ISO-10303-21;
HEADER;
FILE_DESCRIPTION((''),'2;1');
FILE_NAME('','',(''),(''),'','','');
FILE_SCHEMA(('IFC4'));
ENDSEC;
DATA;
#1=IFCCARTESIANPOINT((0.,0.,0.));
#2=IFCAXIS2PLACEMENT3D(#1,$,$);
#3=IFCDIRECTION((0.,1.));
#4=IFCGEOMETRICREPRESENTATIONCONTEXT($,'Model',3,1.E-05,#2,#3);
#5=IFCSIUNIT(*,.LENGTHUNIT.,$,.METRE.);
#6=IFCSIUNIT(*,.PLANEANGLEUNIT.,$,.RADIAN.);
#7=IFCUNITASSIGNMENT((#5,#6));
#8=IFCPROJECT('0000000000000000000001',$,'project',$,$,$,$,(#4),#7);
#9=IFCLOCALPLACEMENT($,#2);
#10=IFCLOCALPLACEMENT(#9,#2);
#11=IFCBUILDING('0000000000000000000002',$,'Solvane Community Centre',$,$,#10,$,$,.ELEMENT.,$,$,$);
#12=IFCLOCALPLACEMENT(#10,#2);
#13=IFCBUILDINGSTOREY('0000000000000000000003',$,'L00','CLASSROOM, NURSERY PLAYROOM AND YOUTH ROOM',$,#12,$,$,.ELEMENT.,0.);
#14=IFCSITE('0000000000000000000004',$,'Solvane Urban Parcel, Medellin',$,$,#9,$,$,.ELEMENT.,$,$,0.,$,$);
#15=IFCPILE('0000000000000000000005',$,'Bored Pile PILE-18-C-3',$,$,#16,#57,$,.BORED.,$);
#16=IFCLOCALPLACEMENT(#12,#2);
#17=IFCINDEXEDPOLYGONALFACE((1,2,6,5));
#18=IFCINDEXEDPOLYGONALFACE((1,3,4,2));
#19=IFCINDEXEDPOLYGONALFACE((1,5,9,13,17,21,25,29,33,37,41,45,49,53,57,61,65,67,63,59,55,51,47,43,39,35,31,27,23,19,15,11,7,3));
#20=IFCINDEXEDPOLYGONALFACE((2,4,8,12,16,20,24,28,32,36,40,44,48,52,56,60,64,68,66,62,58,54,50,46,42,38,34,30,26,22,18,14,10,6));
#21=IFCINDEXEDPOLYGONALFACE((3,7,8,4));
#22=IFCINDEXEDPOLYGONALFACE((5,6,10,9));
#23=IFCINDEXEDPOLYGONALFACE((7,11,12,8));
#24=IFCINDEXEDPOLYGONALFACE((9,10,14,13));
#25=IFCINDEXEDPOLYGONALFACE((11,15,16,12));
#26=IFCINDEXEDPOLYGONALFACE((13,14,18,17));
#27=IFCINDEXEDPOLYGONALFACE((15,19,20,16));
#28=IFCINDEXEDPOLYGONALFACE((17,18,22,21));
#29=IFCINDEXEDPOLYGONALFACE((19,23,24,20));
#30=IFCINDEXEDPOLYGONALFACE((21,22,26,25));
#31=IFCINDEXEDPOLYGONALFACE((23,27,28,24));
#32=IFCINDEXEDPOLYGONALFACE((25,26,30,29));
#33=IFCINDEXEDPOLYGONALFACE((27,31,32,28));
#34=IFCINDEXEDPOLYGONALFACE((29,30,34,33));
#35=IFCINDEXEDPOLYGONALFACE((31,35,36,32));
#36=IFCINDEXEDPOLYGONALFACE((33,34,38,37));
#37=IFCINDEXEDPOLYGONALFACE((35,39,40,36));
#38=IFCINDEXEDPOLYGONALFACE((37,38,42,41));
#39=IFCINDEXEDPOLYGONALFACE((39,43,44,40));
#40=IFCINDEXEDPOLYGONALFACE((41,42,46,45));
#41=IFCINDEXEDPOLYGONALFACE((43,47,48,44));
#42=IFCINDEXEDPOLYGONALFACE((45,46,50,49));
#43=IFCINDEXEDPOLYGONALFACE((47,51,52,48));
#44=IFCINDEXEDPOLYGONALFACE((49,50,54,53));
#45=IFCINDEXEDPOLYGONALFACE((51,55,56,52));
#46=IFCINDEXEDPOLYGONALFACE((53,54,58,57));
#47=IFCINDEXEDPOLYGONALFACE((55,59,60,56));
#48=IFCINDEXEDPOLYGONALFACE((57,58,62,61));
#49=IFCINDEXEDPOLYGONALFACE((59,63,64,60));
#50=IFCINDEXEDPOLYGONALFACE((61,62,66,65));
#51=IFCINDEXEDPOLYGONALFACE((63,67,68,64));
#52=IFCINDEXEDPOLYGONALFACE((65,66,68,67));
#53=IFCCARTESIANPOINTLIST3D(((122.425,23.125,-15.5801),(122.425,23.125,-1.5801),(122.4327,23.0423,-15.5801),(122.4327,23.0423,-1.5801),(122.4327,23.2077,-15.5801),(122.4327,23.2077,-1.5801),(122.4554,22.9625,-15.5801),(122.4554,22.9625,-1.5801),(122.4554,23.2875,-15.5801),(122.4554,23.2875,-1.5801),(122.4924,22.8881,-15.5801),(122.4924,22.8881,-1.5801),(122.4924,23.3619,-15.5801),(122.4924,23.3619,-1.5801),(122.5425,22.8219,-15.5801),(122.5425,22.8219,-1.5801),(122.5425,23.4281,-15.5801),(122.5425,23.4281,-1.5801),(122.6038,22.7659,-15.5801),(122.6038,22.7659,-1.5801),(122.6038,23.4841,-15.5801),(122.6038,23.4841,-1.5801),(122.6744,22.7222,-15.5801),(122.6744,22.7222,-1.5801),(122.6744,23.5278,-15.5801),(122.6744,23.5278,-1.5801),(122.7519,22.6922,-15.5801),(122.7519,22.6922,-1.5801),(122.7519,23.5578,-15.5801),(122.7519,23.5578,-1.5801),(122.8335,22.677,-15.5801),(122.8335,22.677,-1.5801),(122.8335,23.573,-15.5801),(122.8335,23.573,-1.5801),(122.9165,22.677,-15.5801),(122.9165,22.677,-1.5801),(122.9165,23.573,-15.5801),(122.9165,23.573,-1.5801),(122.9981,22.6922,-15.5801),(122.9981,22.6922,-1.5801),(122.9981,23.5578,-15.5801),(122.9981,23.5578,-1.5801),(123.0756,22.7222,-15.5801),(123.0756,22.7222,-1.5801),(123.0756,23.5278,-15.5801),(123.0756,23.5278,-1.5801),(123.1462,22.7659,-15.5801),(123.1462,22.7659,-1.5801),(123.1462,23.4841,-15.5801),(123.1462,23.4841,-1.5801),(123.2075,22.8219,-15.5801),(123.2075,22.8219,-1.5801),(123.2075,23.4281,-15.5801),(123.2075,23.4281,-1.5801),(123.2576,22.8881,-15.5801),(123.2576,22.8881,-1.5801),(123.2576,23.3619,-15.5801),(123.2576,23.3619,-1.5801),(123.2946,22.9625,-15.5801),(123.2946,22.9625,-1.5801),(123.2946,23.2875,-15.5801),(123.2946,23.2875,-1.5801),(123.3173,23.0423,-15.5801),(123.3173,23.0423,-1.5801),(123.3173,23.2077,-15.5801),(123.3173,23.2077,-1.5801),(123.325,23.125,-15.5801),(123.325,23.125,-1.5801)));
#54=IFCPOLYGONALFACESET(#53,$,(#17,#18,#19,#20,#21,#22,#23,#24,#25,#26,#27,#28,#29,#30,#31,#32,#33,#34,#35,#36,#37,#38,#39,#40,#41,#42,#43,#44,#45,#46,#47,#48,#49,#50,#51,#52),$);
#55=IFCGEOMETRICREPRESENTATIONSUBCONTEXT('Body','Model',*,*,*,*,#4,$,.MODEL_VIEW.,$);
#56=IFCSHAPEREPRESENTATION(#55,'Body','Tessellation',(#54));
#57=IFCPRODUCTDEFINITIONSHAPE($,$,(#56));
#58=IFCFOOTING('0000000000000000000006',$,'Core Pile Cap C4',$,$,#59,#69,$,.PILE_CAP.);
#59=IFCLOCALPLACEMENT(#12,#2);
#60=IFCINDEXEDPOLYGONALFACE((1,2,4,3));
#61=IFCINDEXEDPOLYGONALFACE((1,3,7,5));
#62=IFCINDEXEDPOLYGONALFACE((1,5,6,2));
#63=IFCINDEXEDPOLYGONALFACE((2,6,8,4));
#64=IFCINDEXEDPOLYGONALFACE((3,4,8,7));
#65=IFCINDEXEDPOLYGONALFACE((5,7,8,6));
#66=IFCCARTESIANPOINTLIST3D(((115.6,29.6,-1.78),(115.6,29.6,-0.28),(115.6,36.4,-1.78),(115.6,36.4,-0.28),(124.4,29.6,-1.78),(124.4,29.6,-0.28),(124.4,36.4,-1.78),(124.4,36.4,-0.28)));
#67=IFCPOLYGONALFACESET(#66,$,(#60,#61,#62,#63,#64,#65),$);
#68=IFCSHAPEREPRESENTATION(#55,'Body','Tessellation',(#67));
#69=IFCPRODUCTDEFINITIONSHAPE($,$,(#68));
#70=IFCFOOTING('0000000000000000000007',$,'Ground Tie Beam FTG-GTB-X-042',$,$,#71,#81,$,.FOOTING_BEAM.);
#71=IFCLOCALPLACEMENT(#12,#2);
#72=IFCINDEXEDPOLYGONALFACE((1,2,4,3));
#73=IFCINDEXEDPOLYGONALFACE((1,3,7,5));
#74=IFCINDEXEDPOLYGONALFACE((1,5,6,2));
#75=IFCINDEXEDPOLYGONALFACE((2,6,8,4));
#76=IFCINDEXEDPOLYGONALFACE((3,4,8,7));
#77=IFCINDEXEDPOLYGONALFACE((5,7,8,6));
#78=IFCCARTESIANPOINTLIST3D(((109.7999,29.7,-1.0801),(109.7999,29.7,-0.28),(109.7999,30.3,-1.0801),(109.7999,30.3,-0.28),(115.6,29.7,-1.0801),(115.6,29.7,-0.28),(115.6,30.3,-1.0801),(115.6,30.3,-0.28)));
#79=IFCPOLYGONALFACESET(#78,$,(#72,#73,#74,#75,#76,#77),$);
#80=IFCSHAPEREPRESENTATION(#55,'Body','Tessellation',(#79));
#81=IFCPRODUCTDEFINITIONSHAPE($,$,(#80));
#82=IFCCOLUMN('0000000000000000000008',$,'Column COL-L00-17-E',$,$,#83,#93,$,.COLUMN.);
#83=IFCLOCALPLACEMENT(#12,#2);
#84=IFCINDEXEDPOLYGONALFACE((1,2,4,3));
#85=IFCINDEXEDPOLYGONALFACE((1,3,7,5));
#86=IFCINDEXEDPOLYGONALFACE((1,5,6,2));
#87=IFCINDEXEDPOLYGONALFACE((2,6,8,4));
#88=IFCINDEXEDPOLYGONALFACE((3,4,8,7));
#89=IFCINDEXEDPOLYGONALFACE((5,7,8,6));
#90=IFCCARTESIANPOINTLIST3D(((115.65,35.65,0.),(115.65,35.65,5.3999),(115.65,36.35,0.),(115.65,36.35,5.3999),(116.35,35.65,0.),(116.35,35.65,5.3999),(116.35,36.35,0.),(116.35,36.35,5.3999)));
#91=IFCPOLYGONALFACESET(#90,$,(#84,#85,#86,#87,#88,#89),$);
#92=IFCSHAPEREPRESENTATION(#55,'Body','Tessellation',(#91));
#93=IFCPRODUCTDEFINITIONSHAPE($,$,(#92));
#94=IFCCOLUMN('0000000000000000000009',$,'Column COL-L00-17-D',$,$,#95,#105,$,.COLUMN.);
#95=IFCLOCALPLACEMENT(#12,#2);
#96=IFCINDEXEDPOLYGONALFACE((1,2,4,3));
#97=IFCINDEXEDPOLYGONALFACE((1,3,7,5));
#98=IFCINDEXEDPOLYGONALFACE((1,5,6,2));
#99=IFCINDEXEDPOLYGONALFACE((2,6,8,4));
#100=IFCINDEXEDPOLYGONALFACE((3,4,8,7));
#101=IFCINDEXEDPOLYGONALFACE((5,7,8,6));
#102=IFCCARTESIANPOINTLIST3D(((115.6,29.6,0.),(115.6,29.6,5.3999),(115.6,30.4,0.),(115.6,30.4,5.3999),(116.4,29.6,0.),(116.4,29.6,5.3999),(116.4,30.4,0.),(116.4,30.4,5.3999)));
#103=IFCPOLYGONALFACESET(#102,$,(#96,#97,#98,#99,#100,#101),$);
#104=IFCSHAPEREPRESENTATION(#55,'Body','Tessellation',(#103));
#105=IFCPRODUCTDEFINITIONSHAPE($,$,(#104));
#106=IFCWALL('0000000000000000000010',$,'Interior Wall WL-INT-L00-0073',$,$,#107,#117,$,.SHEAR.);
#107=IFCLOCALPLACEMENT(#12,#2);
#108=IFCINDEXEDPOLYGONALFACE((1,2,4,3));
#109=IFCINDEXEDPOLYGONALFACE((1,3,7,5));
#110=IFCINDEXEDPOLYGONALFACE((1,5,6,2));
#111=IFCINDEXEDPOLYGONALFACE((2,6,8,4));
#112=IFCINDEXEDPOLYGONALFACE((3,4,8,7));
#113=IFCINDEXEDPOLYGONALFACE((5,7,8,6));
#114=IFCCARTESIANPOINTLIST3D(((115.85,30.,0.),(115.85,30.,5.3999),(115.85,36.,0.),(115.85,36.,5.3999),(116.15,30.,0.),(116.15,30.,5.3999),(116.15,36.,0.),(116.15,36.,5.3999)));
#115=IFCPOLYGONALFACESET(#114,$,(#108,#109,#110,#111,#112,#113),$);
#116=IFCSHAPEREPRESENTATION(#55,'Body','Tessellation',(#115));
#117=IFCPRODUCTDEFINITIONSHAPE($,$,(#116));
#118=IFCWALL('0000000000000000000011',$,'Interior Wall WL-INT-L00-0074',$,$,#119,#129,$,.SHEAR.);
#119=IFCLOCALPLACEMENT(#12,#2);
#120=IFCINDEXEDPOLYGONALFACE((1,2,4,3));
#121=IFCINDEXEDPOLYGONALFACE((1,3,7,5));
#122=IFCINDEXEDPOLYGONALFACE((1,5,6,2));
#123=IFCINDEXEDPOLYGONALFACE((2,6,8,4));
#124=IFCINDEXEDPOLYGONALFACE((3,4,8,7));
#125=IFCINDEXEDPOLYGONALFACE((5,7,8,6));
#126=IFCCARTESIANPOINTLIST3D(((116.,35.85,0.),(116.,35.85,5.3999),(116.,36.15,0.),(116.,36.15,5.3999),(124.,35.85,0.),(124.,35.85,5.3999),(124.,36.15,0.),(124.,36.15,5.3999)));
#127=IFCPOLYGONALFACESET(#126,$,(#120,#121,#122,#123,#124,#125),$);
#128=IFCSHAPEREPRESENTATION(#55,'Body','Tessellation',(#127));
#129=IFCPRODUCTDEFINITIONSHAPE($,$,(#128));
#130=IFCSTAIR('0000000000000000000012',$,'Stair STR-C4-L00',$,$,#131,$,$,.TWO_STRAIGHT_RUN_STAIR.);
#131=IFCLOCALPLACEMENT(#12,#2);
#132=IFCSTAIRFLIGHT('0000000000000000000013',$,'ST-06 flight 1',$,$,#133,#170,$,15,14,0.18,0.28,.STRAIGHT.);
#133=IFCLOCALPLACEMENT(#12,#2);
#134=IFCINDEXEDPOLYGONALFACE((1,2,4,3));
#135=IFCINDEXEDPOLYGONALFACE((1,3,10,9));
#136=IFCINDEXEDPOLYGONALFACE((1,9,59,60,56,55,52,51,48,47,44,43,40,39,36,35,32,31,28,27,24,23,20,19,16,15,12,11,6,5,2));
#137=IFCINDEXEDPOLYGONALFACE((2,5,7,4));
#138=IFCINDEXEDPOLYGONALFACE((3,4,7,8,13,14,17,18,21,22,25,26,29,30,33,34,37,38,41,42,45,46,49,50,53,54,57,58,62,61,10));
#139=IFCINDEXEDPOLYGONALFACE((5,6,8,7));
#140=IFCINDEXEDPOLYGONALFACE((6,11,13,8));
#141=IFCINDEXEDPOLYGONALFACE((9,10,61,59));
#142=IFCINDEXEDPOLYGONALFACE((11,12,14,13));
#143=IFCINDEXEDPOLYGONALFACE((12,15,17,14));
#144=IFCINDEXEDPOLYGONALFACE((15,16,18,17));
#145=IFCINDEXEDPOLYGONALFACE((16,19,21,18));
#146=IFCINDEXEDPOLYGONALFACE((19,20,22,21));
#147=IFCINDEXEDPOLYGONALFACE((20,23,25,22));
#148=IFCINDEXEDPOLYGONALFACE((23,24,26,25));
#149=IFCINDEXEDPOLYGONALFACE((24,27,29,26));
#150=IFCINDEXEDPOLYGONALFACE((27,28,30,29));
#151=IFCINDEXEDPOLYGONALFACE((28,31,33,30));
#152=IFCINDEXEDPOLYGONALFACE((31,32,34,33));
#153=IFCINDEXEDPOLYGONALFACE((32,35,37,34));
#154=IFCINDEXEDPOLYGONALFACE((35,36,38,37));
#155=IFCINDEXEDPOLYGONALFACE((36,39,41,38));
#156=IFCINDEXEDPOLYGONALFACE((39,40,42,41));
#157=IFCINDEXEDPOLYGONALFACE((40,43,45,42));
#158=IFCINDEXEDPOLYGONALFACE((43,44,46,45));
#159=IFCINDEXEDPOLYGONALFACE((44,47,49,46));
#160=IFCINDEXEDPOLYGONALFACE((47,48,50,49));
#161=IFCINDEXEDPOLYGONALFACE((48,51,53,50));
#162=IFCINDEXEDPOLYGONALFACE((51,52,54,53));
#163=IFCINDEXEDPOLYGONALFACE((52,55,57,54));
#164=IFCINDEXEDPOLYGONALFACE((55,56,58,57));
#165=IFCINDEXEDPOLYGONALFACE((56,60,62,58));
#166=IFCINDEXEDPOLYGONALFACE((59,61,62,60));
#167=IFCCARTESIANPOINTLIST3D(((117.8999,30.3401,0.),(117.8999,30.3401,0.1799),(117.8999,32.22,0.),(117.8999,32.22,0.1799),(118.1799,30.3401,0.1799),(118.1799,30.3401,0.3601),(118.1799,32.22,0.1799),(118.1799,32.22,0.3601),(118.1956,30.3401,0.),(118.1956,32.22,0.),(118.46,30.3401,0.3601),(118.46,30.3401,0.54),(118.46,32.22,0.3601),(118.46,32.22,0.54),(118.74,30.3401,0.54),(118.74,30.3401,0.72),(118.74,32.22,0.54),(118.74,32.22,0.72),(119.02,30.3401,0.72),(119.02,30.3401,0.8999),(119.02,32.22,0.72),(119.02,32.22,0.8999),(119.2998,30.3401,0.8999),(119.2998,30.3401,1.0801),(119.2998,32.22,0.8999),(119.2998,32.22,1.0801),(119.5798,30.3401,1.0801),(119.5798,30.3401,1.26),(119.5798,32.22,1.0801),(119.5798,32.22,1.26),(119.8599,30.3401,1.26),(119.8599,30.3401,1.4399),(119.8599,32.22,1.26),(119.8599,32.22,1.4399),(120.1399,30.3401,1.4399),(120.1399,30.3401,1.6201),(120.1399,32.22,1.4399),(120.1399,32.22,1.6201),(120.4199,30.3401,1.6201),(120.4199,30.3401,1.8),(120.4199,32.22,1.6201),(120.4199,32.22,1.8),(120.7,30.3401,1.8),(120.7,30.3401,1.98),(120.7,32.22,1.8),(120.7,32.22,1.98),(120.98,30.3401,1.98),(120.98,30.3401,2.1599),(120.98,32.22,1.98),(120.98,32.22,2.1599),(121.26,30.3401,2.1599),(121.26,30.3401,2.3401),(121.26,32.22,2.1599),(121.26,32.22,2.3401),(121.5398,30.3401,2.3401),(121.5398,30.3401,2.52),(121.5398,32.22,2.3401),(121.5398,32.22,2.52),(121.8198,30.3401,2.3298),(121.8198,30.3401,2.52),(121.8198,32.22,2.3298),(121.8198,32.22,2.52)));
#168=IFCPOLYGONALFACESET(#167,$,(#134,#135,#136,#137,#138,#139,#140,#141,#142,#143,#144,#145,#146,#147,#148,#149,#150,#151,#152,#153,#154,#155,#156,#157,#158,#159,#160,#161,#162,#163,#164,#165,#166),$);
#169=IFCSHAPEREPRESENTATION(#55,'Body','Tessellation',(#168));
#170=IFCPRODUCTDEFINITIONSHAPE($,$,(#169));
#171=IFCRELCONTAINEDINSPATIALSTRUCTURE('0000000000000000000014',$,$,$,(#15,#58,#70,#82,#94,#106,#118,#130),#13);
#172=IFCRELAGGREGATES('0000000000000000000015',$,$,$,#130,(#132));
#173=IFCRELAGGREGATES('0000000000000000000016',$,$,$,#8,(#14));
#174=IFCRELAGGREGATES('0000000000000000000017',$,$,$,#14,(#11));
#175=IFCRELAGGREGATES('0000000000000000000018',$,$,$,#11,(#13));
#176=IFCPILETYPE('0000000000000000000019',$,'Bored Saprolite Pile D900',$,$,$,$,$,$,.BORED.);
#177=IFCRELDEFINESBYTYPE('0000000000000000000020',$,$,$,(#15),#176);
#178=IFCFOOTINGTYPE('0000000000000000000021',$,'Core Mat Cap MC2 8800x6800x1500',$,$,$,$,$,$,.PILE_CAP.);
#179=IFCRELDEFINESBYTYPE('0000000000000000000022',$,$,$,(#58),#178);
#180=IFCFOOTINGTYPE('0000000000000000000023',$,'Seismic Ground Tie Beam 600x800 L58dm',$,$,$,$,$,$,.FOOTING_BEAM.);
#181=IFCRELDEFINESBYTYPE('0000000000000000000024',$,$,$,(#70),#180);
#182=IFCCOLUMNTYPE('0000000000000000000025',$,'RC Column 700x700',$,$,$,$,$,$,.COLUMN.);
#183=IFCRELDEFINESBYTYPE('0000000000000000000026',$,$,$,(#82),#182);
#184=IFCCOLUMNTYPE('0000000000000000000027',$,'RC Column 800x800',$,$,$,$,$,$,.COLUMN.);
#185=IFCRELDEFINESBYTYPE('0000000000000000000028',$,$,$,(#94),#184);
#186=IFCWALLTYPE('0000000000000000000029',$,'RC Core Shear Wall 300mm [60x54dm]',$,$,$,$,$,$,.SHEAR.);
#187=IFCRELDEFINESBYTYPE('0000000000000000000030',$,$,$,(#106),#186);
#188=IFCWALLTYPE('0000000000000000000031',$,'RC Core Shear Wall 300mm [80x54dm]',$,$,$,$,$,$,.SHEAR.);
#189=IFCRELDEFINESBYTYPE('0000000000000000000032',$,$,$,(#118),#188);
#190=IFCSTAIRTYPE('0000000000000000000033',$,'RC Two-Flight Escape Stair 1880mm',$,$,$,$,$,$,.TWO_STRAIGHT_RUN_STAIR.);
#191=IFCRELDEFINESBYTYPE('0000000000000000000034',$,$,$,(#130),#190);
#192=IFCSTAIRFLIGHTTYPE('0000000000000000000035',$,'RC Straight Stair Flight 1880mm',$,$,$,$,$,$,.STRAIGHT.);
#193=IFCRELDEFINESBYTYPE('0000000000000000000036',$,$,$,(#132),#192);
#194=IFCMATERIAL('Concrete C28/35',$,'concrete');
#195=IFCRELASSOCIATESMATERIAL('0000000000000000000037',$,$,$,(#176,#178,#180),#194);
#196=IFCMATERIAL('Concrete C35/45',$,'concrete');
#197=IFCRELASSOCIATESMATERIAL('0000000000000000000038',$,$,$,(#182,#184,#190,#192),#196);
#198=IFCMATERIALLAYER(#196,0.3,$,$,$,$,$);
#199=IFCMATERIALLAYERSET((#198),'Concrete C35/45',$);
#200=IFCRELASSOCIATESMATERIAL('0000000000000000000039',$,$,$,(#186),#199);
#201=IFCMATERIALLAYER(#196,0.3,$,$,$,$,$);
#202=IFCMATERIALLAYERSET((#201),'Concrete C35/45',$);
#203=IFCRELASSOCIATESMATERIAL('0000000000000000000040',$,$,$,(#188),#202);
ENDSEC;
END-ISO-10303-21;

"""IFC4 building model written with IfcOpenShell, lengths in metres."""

from ifc_helpers import new_model, si_unit, direction, frame, frame_2d, origin, origin_2d, place, context, subcontext, project, spatial, polyline, rectangle, circle, outline, extrude, material, layer, layer_set, material_profile, profile_set, type_object, element, aggregate, save


model = new_model("IFC4")

# Units and contexts
model_context = context("Model", 3, precision=1e-05, world=origin(), true_north=direction((0.0, 1.0)))
body_context = subcontext(model_context, "Body", "Model", "MODEL_VIEW")
ifc_project = project(units=[si_unit("LENGTHUNIT", "METRE"), si_unit("PLANEANGLEUNIT", "RADIAN")], contexts=[model_context])

# Site, building, storey
site_placement = place(None, origin())
site = spatial("IfcSite", under=ifc_project, at=site_placement, Name="Solvane Urban Parcel, Medellin", CompositionType="ELEMENT", RefElevation=0.0)
building_placement = place(site_placement, origin())
building = spatial("IfcBuilding", under=site, at=building_placement, Name="Solvane Community Centre", CompositionType="ELEMENT")
storey_placement = place(building_placement, origin())
storey = spatial("IfcBuildingStorey", under=building, at=storey_placement, Name="L00", Description="CLASSROOM, NURSERY PLAYROOM AND YOUTH ROOM", CompositionType="ELEMENT", Elevation=0.0)

# Pile
ifc_material_1 = material(Name="Concrete C28/35", Category="concrete")
ifc_material_profile_1 = material_profile(ifc_material_1, circle(Radius=0.45, at=origin_2d()), Name="PILE D900")
ifc_profile_set_1 = profile_set([ifc_material_profile_1], Name="Concrete C28/35")
pile_type_1 = type_object("IfcPileType", Name="Bored Saprolite Pile D900", PredefinedType="BORED", material=ifc_profile_set_1)
for number, where, z_axis, x_axis, name in (
    (1, (122.875, 23.125, -1.5801), (0.0, 0.0, -1.0), (1.0, 0.0, 0.0), "Bored Pile PILE-18-C-3"),
):
    element("IfcPile", number, at=place(storey_placement, frame(where, z_axis=z_axis, x_axis=x_axis)), inside=storey, type_object=pile_type_1, Name=name, PredefinedType="BORED", context=body_context, shape_type="SweptSolid", body=[
        extrude(circle(Radius=0.45, at=origin_2d()), origin(), (0.0, 0.0, 1.0), 14.0),
    ])

# Footings
footing_type_1 = type_object("IfcFootingType", Name="Core Mat Cap MC2 8800x6800x1500", PredefinedType="PILE_CAP", material=ifc_material_1)
footing_1_placement = place(storey_placement, frame((120.0, 33.0, -1.78), z_axis=(0.0, 0.0, 1.0), x_axis=(1.0, 0.0, 0.0)))
element("IfcFooting", 2, at=footing_1_placement, inside=storey, type_object=footing_type_1, Name="Core Pile Cap C4", PredefinedType="PILE_CAP", context=body_context, shape_type="SweptSolid", body=[
    extrude(rectangle(XDim=8.8, YDim=6.8, at=origin_2d()), origin(), (0.0, 0.0, 1.0), 1.5),
])
footing_type_2 = type_object("IfcFootingType", Name="Seismic Ground Tie Beam 600x800 L58dm", PredefinedType="FOOTING_BEAM", material=ifc_material_1)
footing_2_placement = place(storey_placement, frame((112.7, 30.0, -1.0801), z_axis=(0.0, 0.0, 1.0), x_axis=(1.0, 0.0, 0.0)))
element("IfcFooting", 3, at=footing_2_placement, inside=storey, type_object=footing_type_2, Name="Ground Tie Beam FTG-GTB-X-042", PredefinedType="FOOTING_BEAM", context=body_context, shape_type="SweptSolid", body=[
    extrude(rectangle(XDim=5.8, YDim=0.6001, at=origin_2d()), origin(), (0.0, 0.0, 1.0), 0.8),
])

# Columns
ifc_material_2 = material(Name="Concrete C35/45", Category="concrete")
ifc_material_profile_2 = material_profile(ifc_material_2, rectangle(XDim=0.7, YDim=0.7, at=origin_2d()), Name="RC 700x700")
ifc_profile_set_2 = profile_set([ifc_material_profile_2], Name="Concrete C35/45")
column_type_1 = type_object("IfcColumnType", Name="RC Column 700x700", PredefinedType="COLUMN", material=ifc_profile_set_2)
column_1_placement = place(storey_placement, frame((116.0, 36.0, 0.0), z_axis=(0.0, 0.0, 1.0), x_axis=(1.0, 0.0, 0.0)))
element("IfcColumn", 4, at=column_1_placement, inside=storey, type_object=column_type_1, Name="Column COL-L00-17-E", PredefinedType="COLUMN", context=body_context, shape_type="SweptSolid", body=[
    extrude(rectangle(XDim=0.7, YDim=0.7, at=origin_2d()), origin(), (0.0, 0.0, 1.0), 5.3999),
])
ifc_material_profile_3 = material_profile(ifc_material_2, rectangle(XDim=0.8, YDim=0.8, at=origin_2d()), Name="RC 800x800")
ifc_profile_set_3 = profile_set([ifc_material_profile_3], Name="Concrete C35/45")
column_type_2 = type_object("IfcColumnType", Name="RC Column 800x800", PredefinedType="COLUMN", material=ifc_profile_set_3)
column_2_placement = place(storey_placement, frame((116.0, 30.0, 0.0), z_axis=(0.0, 0.0, 1.0), x_axis=(1.0, 0.0, 0.0)))
element("IfcColumn", 5, at=column_2_placement, inside=storey, type_object=column_type_2, Name="Column COL-L00-17-D", PredefinedType="COLUMN", context=body_context, shape_type="SweptSolid", body=[
    extrude(rectangle(XDim=0.8, YDim=0.8, at=origin_2d()), origin(), (0.0, 0.0, 1.0), 5.3999),
])

# Walls
ifc_layer_1 = layer(ifc_material_2, 0.3)
ifc_layer_set_1 = layer_set([ifc_layer_1], Name="Concrete C35/45")
wall_type_1 = type_object("IfcWallType", Name="RC Core Shear Wall 300mm [60x54dm]", PredefinedType="SHEAR", material=ifc_layer_set_1)
wall_1_placement = place(storey_placement, frame((116.0, 30.0, 0.0), z_axis=(0.0, 0.0, 1.0), x_axis=(0.0, 1.0, 0.0)))
element("IfcWall", 6, at=wall_1_placement, inside=storey, type_object=wall_type_1, Name="Interior Wall WL-INT-L00-0073", PredefinedType="SHEAR", context=body_context, shape_type="SweptSolid", body=[
    extrude(rectangle(XDim=6.0, YDim=0.3, at=frame_2d((3.0, 0.0))), origin(), (0.0, 0.0, 1.0), 5.3999),
])
ifc_layer_2 = layer(ifc_material_2, 0.3)
ifc_layer_set_2 = layer_set([ifc_layer_2], Name="Concrete C35/45")
wall_type_2 = type_object("IfcWallType", Name="RC Core Shear Wall 300mm [80x54dm]", PredefinedType="SHEAR", material=ifc_layer_set_2)
wall_2_placement = place(storey_placement, frame((116.0, 36.0, 0.0), z_axis=(0.0, 0.0, 1.0), x_axis=(1.0, 0.0, 0.0)))
element("IfcWall", 7, at=wall_2_placement, inside=storey, type_object=wall_type_2, Name="Interior Wall WL-INT-L00-0074", PredefinedType="SHEAR", context=body_context, shape_type="SweptSolid", body=[
    extrude(rectangle(XDim=8.0, YDim=0.3, at=frame_2d((4.0, 0.0))), origin(), (0.0, 0.0, 1.0), 5.3999),
])

# Stair, stair flight
stair_type = type_object("IfcStairType", Name="RC Two-Flight Escape Stair 1880mm", PredefinedType="TWO_STRAIGHT_RUN_STAIR", material=ifc_material_2)
stair_placement = place(storey_placement, origin())
stair = element("IfcStair", 8, at=stair_placement, inside=storey, type_object=stair_type, Name="Stair STR-C4-L00", PredefinedType="TWO_STRAIGHT_RUN_STAIR")
stair_flight_type = type_object("IfcStairFlightType", Name="RC Straight Stair Flight 1880mm", PredefinedType="STRAIGHT", material=ifc_material_2)
stair_flight_1_placement = place(storey_placement, frame((117.8999, 31.28, 0.0), z_axis=(0.0, 0.0, 1.0), x_axis=(1.0, 0.0, 0.0)))
stair_flight_1 = element("IfcStairFlight", 9, at=stair_flight_1_placement, type_object=stair_flight_type, Name="ST-06 flight 1", NumberOfRisers=15, NumberOfTreads=14, PredefinedType="STRAIGHT", RiserHeight=0.18, TreadLength=0.28, context=body_context, shape_type="SweptSolid", body=[
    extrude(outline(polyline([(0.0, 0.0), (0.0, 0.1799), (0.28, 0.1799), (0.28, 0.3601), (0.5601, 0.3601), (0.5601, 0.54), (0.8401, 0.54), (0.8401, 0.72), (1.1201, 0.72), (1.1201, 0.8999), (1.3999, 0.8999), (1.3999, 1.0801), (1.6799, 1.0801), (1.6799, 1.26), (1.96, 1.26), (1.96, 1.4399), (2.24, 1.4399), (2.24, 1.6201), (2.52, 1.6201), (2.52, 1.8), (2.8, 1.8), (2.8, 1.98), (3.0801, 1.98), (3.0801, 2.1599), (3.3601, 2.1599), (3.3601, 2.3401), (3.6399, 2.3401), (3.6399, 2.52), (3.9199, 2.52), (3.9199, 2.7), (3.9199, 2.3298), (0.2957, 0.0), (0.0, 0.0)])), frame((0.0, 0.9399, 0.0), z_axis=(0.0, -1.0, 0.0), x_axis=(1.0, 0.0, 0.0)), (0.0, 0.0, 1.0), 1.8799),
])
aggregate(stair, [stair_flight_1])

save(model, "model.ifc")
